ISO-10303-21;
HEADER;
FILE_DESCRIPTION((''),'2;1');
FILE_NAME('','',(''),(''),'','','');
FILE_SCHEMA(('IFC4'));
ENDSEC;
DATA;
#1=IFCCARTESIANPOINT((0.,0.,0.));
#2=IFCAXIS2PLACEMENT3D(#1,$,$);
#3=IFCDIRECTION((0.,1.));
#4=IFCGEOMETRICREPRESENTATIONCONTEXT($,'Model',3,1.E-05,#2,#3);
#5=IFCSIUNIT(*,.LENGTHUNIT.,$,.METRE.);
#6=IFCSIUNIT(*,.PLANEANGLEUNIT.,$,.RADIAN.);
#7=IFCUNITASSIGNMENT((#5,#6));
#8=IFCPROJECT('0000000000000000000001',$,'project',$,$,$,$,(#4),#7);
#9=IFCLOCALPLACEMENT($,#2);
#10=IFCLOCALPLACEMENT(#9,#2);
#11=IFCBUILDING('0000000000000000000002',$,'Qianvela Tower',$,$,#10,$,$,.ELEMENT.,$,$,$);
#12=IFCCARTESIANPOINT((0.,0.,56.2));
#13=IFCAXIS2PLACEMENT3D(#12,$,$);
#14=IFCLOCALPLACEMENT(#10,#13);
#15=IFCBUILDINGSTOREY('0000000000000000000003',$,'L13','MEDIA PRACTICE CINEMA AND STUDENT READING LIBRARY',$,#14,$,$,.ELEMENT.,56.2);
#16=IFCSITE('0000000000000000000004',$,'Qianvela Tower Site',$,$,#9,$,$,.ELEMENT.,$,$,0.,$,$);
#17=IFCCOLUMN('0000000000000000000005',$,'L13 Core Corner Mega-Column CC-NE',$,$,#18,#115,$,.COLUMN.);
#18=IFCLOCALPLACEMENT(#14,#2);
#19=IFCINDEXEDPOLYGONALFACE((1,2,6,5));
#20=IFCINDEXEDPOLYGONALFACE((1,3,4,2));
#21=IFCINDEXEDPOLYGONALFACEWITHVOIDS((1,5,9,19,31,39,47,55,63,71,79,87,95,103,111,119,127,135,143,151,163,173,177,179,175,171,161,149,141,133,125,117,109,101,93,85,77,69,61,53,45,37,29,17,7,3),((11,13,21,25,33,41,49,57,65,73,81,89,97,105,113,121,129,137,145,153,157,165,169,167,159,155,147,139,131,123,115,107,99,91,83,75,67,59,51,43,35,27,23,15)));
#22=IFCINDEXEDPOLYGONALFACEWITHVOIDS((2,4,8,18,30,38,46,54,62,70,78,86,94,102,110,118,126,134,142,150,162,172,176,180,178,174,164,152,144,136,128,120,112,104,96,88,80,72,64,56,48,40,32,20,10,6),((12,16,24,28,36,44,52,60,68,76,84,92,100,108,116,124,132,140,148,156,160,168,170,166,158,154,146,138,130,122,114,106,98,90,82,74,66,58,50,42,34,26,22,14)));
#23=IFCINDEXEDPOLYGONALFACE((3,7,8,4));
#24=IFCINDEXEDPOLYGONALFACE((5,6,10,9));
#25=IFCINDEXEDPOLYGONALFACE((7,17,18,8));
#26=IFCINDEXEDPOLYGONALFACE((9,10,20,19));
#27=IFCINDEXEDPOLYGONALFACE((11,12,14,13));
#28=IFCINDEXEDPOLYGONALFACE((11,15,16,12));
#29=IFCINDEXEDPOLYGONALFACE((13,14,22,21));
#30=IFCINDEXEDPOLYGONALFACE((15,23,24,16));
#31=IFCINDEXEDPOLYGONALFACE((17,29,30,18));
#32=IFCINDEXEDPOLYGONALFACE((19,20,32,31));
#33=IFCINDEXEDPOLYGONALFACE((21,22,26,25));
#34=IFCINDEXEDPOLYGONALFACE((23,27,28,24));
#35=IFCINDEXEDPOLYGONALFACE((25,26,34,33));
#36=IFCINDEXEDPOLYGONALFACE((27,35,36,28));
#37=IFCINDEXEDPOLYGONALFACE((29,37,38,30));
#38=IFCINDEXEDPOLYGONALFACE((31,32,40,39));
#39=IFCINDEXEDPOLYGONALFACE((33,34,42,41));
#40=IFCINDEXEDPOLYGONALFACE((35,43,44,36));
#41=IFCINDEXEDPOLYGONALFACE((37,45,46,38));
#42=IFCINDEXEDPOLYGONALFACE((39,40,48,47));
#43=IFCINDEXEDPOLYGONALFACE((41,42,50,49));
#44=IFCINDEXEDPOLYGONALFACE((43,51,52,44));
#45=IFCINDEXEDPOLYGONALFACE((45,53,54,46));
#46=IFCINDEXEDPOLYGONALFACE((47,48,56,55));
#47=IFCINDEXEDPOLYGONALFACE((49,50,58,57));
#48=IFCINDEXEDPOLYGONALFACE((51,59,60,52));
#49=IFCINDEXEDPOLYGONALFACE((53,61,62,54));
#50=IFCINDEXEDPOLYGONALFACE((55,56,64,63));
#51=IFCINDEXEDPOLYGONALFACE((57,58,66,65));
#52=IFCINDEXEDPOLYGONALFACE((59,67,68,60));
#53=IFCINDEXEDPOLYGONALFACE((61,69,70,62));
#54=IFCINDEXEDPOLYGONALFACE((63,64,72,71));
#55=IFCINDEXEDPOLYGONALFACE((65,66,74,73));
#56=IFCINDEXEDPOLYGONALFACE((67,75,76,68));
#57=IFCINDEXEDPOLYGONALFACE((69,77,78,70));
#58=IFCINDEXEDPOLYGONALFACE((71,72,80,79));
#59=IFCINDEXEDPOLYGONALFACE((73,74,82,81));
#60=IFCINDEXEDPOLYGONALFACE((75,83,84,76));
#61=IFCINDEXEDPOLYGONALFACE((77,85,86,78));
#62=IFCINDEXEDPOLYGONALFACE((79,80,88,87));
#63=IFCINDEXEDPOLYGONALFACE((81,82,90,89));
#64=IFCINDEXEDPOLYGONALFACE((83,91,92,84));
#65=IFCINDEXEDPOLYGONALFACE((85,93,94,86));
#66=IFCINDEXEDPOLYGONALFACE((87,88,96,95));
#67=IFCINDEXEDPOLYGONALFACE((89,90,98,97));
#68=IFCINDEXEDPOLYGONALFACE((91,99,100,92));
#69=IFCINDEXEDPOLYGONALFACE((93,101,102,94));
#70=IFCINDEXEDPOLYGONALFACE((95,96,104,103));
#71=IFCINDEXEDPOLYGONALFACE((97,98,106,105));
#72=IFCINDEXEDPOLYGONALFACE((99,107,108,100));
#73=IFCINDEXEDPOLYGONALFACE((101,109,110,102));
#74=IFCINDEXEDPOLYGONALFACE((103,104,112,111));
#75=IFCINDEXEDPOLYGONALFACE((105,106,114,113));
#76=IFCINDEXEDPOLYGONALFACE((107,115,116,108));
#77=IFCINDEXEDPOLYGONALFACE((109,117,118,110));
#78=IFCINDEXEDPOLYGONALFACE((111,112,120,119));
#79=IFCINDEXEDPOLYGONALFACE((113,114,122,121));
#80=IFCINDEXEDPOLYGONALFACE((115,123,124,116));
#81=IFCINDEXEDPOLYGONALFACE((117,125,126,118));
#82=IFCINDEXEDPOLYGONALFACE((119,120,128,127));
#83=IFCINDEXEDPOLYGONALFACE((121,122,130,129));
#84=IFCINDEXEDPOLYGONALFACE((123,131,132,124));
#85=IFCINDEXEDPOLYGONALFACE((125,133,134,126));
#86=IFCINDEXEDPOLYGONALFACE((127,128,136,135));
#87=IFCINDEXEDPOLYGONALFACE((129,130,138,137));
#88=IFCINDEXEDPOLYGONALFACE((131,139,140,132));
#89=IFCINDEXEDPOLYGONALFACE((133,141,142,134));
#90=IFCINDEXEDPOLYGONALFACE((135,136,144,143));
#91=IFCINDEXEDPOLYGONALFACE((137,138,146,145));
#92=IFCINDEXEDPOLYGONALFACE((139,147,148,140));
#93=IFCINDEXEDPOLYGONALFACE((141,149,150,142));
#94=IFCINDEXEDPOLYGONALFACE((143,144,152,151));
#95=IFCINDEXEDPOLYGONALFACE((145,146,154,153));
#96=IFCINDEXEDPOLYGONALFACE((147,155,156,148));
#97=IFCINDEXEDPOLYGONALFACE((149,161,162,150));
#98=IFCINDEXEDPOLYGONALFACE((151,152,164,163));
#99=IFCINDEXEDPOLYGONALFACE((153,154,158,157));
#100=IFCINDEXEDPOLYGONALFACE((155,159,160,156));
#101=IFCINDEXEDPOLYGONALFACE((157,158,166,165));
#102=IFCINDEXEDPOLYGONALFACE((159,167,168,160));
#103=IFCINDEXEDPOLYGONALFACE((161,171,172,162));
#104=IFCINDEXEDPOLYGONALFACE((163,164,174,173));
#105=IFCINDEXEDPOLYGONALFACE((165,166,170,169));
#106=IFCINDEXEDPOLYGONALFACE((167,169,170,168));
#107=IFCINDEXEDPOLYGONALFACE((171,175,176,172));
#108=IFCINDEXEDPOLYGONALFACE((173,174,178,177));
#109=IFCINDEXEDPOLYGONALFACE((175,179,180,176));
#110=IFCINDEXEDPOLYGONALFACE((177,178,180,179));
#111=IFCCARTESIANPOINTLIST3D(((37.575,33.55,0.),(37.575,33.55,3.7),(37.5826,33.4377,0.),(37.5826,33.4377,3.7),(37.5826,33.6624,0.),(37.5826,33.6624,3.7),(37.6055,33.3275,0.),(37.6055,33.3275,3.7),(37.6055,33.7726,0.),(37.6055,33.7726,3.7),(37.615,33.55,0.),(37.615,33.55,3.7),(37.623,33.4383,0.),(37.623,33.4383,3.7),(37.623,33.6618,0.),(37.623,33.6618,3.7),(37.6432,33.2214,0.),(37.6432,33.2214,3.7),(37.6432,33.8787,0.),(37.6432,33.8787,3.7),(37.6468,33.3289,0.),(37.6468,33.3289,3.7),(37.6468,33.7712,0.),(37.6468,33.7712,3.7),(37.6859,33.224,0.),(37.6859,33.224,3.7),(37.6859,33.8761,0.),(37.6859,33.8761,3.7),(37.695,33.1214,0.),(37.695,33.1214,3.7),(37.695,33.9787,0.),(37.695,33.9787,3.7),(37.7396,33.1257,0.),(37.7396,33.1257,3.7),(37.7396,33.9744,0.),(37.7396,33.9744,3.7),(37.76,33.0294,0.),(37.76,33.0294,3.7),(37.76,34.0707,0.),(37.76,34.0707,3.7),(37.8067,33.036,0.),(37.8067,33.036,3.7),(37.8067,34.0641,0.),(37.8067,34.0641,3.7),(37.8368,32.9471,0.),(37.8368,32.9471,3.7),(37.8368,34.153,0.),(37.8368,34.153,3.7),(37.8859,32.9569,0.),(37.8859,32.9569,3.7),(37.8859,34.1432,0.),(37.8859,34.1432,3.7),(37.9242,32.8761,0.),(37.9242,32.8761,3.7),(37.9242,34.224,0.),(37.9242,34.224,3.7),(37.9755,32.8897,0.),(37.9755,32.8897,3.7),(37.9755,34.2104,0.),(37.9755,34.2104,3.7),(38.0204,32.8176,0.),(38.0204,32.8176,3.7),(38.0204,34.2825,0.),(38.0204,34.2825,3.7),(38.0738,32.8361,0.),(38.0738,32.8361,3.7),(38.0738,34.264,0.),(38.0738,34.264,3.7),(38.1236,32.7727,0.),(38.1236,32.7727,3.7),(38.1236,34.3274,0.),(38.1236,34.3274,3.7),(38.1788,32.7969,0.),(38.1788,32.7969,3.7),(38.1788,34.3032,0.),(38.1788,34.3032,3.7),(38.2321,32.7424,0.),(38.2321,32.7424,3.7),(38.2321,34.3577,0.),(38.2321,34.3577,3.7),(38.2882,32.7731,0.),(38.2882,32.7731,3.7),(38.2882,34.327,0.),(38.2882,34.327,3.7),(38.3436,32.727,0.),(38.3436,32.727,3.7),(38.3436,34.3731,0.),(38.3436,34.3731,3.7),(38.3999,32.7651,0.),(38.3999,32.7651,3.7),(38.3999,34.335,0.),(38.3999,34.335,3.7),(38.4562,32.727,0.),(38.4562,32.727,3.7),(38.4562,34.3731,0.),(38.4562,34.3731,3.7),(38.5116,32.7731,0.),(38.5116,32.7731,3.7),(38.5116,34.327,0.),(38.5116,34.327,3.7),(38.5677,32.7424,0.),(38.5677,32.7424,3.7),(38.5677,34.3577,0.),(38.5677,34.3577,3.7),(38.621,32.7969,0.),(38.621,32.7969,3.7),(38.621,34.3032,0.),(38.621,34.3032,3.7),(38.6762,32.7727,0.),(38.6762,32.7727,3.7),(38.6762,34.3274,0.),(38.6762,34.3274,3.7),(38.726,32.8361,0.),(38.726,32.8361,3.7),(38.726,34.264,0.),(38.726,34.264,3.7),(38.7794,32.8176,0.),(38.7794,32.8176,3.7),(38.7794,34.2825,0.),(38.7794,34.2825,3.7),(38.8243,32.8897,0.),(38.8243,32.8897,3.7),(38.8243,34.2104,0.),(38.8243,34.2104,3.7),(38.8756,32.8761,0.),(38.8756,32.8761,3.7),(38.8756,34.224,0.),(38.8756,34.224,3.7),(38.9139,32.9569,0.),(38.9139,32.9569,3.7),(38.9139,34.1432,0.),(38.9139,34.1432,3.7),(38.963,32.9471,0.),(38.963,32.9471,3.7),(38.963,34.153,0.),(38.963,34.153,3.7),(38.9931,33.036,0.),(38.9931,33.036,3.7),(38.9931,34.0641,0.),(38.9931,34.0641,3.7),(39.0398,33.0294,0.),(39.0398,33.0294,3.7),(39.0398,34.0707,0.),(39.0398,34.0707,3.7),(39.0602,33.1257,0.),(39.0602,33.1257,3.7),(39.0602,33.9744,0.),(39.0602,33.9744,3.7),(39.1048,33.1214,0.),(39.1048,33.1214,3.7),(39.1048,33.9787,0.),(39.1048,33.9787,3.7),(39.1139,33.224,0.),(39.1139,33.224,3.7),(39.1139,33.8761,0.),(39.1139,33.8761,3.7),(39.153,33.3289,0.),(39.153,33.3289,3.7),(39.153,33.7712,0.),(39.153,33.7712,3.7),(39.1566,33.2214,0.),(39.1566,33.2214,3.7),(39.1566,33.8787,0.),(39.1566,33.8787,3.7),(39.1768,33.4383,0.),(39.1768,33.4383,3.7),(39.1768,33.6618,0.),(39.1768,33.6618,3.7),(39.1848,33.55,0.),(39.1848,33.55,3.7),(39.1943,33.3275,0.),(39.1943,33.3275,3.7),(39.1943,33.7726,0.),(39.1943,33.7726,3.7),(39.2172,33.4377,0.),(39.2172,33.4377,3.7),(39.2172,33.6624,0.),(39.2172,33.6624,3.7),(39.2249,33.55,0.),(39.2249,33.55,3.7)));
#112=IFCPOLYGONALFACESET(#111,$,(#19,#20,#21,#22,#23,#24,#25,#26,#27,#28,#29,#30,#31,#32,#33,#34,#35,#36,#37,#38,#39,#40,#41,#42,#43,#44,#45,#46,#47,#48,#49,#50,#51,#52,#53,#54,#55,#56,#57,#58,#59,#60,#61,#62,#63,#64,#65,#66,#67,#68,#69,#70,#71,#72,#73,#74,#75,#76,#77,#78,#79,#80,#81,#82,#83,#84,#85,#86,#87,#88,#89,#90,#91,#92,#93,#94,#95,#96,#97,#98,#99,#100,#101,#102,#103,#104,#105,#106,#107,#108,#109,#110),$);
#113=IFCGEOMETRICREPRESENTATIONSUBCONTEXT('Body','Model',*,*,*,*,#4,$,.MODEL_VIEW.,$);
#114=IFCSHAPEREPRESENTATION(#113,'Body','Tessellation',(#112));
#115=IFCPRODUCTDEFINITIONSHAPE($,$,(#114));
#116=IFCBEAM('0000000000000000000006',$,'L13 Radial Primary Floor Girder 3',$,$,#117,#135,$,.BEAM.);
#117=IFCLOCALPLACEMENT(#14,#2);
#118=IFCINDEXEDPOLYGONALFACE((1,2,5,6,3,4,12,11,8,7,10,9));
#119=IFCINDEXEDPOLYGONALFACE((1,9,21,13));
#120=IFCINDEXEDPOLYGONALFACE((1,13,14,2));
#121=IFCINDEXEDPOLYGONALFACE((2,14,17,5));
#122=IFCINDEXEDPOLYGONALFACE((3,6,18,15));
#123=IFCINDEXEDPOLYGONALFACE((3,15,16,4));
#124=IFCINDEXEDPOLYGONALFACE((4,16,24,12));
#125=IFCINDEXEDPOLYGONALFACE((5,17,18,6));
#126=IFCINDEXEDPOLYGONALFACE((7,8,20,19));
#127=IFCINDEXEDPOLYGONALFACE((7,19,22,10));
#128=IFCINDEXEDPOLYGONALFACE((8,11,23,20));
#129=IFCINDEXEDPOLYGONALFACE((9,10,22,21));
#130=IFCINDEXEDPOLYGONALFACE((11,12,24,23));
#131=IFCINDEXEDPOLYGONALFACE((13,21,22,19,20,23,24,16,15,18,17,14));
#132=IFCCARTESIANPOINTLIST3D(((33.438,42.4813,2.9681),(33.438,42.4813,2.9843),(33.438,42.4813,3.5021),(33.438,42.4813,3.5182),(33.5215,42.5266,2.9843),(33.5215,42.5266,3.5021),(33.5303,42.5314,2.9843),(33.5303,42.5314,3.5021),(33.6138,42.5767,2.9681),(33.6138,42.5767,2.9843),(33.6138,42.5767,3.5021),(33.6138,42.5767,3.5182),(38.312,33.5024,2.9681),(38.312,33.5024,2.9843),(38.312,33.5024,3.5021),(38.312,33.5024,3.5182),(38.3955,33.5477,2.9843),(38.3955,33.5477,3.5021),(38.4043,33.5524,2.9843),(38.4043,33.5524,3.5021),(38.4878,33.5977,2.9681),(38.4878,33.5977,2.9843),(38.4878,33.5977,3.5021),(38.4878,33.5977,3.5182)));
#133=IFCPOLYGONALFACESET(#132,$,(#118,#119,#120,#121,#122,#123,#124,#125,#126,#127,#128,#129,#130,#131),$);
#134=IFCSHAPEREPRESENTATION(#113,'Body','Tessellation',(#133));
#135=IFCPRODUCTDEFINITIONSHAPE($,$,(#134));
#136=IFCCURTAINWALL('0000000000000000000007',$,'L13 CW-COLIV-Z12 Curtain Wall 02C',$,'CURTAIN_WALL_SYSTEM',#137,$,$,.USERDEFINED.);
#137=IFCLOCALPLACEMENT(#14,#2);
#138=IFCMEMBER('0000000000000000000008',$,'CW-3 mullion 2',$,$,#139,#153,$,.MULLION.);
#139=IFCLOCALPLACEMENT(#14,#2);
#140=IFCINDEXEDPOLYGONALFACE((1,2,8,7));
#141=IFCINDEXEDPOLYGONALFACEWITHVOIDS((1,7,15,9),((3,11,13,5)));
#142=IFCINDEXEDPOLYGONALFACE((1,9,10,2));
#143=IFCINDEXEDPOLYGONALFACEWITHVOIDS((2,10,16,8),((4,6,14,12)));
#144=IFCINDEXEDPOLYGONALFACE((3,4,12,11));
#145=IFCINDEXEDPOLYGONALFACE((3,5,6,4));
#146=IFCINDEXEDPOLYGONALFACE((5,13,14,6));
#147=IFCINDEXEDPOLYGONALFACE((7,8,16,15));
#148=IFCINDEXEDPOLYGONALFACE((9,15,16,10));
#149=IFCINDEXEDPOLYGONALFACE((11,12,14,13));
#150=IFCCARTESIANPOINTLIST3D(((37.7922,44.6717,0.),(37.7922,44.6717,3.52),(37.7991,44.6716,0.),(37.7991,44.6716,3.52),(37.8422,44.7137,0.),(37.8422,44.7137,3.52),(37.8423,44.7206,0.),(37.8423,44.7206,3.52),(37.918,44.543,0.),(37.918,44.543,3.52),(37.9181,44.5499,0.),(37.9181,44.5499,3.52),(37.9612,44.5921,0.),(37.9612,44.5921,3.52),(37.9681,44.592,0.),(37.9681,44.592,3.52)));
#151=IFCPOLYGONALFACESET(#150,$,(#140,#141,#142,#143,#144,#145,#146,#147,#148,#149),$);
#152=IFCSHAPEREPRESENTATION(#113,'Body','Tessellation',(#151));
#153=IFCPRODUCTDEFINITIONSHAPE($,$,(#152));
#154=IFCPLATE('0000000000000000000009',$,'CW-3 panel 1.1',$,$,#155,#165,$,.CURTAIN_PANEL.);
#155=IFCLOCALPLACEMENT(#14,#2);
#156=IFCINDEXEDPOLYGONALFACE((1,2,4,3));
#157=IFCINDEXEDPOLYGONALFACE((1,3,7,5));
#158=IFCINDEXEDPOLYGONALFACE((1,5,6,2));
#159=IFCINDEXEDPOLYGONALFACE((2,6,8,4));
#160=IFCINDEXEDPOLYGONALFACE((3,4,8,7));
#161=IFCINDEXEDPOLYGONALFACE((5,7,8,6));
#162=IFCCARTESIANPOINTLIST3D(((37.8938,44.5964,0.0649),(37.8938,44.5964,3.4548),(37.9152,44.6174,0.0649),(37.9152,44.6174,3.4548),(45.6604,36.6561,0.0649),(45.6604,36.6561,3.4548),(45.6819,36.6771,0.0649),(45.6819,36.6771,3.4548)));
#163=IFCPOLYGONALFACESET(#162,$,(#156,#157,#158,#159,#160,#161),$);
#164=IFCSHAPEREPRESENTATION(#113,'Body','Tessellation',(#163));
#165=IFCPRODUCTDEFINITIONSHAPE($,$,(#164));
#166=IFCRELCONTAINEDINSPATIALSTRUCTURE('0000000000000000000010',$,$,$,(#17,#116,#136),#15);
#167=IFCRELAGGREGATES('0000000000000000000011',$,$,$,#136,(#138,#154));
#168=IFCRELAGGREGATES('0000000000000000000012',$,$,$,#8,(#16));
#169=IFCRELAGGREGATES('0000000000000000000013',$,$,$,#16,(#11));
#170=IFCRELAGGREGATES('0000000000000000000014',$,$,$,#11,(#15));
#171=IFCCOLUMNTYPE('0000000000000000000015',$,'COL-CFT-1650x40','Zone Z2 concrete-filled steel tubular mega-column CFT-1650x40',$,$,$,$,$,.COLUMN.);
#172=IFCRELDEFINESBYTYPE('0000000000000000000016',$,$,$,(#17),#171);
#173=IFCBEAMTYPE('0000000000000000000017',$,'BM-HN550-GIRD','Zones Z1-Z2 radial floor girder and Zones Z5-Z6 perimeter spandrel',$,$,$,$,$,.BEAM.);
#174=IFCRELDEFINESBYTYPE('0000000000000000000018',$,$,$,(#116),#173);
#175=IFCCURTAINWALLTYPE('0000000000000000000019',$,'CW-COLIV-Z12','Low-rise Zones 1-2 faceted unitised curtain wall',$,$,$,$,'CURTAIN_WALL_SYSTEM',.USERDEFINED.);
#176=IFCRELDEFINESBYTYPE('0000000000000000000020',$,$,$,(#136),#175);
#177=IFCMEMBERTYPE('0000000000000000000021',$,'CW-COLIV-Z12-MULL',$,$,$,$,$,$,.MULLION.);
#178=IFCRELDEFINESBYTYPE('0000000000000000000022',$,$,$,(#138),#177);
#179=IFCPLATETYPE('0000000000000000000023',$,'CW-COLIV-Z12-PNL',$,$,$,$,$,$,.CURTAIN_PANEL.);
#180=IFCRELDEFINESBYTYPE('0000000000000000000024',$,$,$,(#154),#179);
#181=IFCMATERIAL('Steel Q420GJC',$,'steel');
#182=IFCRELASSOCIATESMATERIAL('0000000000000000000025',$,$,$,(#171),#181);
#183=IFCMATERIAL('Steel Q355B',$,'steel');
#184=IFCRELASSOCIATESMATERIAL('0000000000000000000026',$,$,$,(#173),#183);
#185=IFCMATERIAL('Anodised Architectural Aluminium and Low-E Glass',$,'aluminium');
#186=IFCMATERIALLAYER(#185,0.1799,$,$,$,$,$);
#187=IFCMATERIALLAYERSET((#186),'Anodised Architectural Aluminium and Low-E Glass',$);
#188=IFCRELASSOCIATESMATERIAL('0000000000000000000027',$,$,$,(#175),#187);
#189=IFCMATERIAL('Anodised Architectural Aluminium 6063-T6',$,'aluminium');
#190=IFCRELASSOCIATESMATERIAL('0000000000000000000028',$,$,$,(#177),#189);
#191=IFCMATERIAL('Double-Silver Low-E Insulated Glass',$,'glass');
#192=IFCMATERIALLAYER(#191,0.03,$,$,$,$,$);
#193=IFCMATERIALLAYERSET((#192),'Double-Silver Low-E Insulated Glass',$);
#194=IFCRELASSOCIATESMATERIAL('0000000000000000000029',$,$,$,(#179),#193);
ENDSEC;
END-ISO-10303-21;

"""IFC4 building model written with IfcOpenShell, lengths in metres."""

from ifc_helpers import new_model, si_unit, direction, frame, origin, origin_2d, place, context, subcontext, project, spatial, rectangle, hollow_rectangle, hollow_circle, i_section, extrude, material, layer, layer_set, material_profile, profile_set, type_object, element, aggregate, save


model = new_model("IFC4")

# Units and contexts
model_context = context("Model", 3, precision=1e-05, world=origin(), true_north=direction((0.0, 1.0)))
body_context = subcontext(model_context, "Body", "Model", "MODEL_VIEW")
ifc_project = project(units=[si_unit("LENGTHUNIT", "METRE"), si_unit("PLANEANGLEUNIT", "RADIAN")], contexts=[model_context])

# Site, building, storey
site_placement = place(None, origin())
site = spatial("IfcSite", under=ifc_project, at=site_placement, Name="Qianvela Tower Site", CompositionType="ELEMENT", RefElevation=0.0)
building_placement = place(site_placement, origin())
building = spatial("IfcBuilding", under=site, at=building_placement, Name="Qianvela Tower", CompositionType="ELEMENT")
storey_placement = place(building_placement, frame((0.0, 0.0, 56.2)))
storey = spatial("IfcBuildingStorey", under=building, at=storey_placement, Name="L13", Description="MEDIA PRACTICE CINEMA AND STUDENT READING LIBRARY", CompositionType="ELEMENT", Elevation=56.2)

# Column
ifc_material_1 = material(Name="Steel Q420GJC", Category="steel")
ifc_material_profile_1 = material_profile(ifc_material_1, hollow_circle(Radius=0.825, WallThickness=0.04, at=origin_2d()), Name="CFT-1650x40")
ifc_profile_set_1 = profile_set([ifc_material_profile_1], Name="Steel Q420GJC")
column_type = type_object("IfcColumnType", Name="COL-CFT-1650x40", Description="Zone Z2 concrete-filled steel tubular mega-column CFT-1650x40", PredefinedType="COLUMN", material=ifc_profile_set_1)
column_placement = place(storey_placement, frame((38.3999, 33.55, 0.0), z_axis=(0.0, 0.0, 1.0), x_axis=(1.0, 0.0, 0.0)))
element("IfcColumn", 1, at=column_placement, inside=storey, type_object=column_type, Name="L13 Core Corner Mega-Column CC-NE", PredefinedType="COLUMN", context=body_context, shape_type="SweptSolid", body=[
    extrude(hollow_circle(Radius=0.825, WallThickness=0.04, at=origin_2d()), origin(), (0.0, 0.0, 1.0), 3.7),
])

# Beam
ifc_material_2 = material(Name="Steel Q355B", Category="steel")
ifc_material_profile_2 = material_profile(ifc_material_2, i_section(OverallWidth=0.2, OverallDepth=0.55, WebThickness=0.01, FlangeThickness=0.0161, at=origin_2d()), Name="HN550x200x10x16")
ifc_profile_set_2 = profile_set([ifc_material_profile_2], Name="Steel Q355B")
beam_type = type_object("IfcBeamType", Name="BM-HN550-GIRD", Description="Zones Z1-Z2 radial floor girder and Zones Z5-Z6 perimeter spandrel", PredefinedType="BEAM", material=ifc_profile_set_2)
beam_placement = place(storey_placement, frame((38.3999, 33.55, 3.2432), z_axis=(-0.47707, 0.878865, 0.0), x_axis=(-0.878865, -0.47707, 0.0)))
element("IfcBeam", 2, at=beam_placement, inside=storey, type_object=beam_type, Name="L13 Radial Primary Floor Girder 3", PredefinedType="BEAM", context=body_context, shape_type="SweptSolid", body=[
    extrude(i_section(OverallWidth=0.2, OverallDepth=0.55, WebThickness=0.01, FlangeThickness=0.0161, at=origin_2d()), origin(), (0.0, 0.0, 1.0), 10.2166),
])

# Curtain wall, member, plate
ifc_material_3 = material(Name="Anodised Architectural Aluminium and Low-E Glass", Category="aluminium")
ifc_layer_1 = layer(ifc_material_3, 0.1799)
ifc_layer_set_1 = layer_set([ifc_layer_1], Name="Anodised Architectural Aluminium and Low-E Glass")
curtain_wall_type = type_object("IfcCurtainWallType", Name="CW-COLIV-Z12", Description="Low-rise Zones 1-2 faceted unitised curtain wall", ElementType="CURTAIN_WALL_SYSTEM", PredefinedType="USERDEFINED", material=ifc_layer_set_1)
curtain_wall_placement = place(storey_placement, origin())
curtain_wall = element("IfcCurtainWall", 3, at=curtain_wall_placement, inside=storey, type_object=curtain_wall_type, Name="L13 CW-COLIV-Z12 Curtain Wall 02C", ObjectType="CURTAIN_WALL_SYSTEM", PredefinedType="USERDEFINED")
ifc_material_4 = material(Name="Anodised Architectural Aluminium 6063-T6", Category="aluminium")
ifc_material_profile_3 = material_profile(ifc_material_4, hollow_rectangle(XDim=0.0701, YDim=0.1799, WallThickness=0.0049, at=origin_2d()), Name="ALU-MULL-70x180")
ifc_profile_set_3 = profile_set([ifc_material_profile_3], Name="Anodised Architectural Aluminium 6063-T6")
member_type = type_object("IfcMemberType", Name="CW-COLIV-Z12-MULL", PredefinedType="MULLION", material=ifc_profile_set_3)
member_placement = place(storey_placement, frame((37.8801, 44.6318, 0.0), z_axis=(0.0, 0.0, 1.0), x_axis=(-0.714879, -0.699248, 0.0)))
member = element("IfcMember", 4, at=member_placement, type_object=member_type, Name="CW-3 mullion 2", PredefinedType="MULLION", context=body_context, shape_type="SweptSolid", body=[
    extrude(hollow_rectangle(XDim=0.0701, YDim=0.1799, WallThickness=0.0049, at=origin_2d()), origin(), (0.0, 0.0, 1.0), 3.52),
])
ifc_material_5 = material(Name="Double-Silver Low-E Insulated Glass", Category="glass")
ifc_layer_2 = layer(ifc_material_5, 0.03)
ifc_layer_set_2 = layer_set([ifc_layer_2], Name="Double-Silver Low-E Insulated Glass")
plate_type = type_object("IfcPlateType", Name="CW-COLIV-Z12-PNL", PredefinedType="CURTAIN_PANEL", material=ifc_layer_set_2)
plate_placement = place(storey_placement, frame((41.7878, 40.6367, 0.0649), z_axis=(0.0, 0.0, 1.0), x_axis=(-0.699248, 0.714879, 0.0)))
plate = element("IfcPlate", 5, at=plate_placement, type_object=plate_type, Name="CW-3 panel 1.1", PredefinedType="CURTAIN_PANEL", context=body_context, shape_type="SweptSolid", body=[
    extrude(rectangle(XDim=11.1072, YDim=0.03, at=origin_2d()), origin(), (0.0, 0.0, 1.0), 3.3899),
])
aggregate(curtain_wall, [member, plate])

save(model, "model.ifc")
